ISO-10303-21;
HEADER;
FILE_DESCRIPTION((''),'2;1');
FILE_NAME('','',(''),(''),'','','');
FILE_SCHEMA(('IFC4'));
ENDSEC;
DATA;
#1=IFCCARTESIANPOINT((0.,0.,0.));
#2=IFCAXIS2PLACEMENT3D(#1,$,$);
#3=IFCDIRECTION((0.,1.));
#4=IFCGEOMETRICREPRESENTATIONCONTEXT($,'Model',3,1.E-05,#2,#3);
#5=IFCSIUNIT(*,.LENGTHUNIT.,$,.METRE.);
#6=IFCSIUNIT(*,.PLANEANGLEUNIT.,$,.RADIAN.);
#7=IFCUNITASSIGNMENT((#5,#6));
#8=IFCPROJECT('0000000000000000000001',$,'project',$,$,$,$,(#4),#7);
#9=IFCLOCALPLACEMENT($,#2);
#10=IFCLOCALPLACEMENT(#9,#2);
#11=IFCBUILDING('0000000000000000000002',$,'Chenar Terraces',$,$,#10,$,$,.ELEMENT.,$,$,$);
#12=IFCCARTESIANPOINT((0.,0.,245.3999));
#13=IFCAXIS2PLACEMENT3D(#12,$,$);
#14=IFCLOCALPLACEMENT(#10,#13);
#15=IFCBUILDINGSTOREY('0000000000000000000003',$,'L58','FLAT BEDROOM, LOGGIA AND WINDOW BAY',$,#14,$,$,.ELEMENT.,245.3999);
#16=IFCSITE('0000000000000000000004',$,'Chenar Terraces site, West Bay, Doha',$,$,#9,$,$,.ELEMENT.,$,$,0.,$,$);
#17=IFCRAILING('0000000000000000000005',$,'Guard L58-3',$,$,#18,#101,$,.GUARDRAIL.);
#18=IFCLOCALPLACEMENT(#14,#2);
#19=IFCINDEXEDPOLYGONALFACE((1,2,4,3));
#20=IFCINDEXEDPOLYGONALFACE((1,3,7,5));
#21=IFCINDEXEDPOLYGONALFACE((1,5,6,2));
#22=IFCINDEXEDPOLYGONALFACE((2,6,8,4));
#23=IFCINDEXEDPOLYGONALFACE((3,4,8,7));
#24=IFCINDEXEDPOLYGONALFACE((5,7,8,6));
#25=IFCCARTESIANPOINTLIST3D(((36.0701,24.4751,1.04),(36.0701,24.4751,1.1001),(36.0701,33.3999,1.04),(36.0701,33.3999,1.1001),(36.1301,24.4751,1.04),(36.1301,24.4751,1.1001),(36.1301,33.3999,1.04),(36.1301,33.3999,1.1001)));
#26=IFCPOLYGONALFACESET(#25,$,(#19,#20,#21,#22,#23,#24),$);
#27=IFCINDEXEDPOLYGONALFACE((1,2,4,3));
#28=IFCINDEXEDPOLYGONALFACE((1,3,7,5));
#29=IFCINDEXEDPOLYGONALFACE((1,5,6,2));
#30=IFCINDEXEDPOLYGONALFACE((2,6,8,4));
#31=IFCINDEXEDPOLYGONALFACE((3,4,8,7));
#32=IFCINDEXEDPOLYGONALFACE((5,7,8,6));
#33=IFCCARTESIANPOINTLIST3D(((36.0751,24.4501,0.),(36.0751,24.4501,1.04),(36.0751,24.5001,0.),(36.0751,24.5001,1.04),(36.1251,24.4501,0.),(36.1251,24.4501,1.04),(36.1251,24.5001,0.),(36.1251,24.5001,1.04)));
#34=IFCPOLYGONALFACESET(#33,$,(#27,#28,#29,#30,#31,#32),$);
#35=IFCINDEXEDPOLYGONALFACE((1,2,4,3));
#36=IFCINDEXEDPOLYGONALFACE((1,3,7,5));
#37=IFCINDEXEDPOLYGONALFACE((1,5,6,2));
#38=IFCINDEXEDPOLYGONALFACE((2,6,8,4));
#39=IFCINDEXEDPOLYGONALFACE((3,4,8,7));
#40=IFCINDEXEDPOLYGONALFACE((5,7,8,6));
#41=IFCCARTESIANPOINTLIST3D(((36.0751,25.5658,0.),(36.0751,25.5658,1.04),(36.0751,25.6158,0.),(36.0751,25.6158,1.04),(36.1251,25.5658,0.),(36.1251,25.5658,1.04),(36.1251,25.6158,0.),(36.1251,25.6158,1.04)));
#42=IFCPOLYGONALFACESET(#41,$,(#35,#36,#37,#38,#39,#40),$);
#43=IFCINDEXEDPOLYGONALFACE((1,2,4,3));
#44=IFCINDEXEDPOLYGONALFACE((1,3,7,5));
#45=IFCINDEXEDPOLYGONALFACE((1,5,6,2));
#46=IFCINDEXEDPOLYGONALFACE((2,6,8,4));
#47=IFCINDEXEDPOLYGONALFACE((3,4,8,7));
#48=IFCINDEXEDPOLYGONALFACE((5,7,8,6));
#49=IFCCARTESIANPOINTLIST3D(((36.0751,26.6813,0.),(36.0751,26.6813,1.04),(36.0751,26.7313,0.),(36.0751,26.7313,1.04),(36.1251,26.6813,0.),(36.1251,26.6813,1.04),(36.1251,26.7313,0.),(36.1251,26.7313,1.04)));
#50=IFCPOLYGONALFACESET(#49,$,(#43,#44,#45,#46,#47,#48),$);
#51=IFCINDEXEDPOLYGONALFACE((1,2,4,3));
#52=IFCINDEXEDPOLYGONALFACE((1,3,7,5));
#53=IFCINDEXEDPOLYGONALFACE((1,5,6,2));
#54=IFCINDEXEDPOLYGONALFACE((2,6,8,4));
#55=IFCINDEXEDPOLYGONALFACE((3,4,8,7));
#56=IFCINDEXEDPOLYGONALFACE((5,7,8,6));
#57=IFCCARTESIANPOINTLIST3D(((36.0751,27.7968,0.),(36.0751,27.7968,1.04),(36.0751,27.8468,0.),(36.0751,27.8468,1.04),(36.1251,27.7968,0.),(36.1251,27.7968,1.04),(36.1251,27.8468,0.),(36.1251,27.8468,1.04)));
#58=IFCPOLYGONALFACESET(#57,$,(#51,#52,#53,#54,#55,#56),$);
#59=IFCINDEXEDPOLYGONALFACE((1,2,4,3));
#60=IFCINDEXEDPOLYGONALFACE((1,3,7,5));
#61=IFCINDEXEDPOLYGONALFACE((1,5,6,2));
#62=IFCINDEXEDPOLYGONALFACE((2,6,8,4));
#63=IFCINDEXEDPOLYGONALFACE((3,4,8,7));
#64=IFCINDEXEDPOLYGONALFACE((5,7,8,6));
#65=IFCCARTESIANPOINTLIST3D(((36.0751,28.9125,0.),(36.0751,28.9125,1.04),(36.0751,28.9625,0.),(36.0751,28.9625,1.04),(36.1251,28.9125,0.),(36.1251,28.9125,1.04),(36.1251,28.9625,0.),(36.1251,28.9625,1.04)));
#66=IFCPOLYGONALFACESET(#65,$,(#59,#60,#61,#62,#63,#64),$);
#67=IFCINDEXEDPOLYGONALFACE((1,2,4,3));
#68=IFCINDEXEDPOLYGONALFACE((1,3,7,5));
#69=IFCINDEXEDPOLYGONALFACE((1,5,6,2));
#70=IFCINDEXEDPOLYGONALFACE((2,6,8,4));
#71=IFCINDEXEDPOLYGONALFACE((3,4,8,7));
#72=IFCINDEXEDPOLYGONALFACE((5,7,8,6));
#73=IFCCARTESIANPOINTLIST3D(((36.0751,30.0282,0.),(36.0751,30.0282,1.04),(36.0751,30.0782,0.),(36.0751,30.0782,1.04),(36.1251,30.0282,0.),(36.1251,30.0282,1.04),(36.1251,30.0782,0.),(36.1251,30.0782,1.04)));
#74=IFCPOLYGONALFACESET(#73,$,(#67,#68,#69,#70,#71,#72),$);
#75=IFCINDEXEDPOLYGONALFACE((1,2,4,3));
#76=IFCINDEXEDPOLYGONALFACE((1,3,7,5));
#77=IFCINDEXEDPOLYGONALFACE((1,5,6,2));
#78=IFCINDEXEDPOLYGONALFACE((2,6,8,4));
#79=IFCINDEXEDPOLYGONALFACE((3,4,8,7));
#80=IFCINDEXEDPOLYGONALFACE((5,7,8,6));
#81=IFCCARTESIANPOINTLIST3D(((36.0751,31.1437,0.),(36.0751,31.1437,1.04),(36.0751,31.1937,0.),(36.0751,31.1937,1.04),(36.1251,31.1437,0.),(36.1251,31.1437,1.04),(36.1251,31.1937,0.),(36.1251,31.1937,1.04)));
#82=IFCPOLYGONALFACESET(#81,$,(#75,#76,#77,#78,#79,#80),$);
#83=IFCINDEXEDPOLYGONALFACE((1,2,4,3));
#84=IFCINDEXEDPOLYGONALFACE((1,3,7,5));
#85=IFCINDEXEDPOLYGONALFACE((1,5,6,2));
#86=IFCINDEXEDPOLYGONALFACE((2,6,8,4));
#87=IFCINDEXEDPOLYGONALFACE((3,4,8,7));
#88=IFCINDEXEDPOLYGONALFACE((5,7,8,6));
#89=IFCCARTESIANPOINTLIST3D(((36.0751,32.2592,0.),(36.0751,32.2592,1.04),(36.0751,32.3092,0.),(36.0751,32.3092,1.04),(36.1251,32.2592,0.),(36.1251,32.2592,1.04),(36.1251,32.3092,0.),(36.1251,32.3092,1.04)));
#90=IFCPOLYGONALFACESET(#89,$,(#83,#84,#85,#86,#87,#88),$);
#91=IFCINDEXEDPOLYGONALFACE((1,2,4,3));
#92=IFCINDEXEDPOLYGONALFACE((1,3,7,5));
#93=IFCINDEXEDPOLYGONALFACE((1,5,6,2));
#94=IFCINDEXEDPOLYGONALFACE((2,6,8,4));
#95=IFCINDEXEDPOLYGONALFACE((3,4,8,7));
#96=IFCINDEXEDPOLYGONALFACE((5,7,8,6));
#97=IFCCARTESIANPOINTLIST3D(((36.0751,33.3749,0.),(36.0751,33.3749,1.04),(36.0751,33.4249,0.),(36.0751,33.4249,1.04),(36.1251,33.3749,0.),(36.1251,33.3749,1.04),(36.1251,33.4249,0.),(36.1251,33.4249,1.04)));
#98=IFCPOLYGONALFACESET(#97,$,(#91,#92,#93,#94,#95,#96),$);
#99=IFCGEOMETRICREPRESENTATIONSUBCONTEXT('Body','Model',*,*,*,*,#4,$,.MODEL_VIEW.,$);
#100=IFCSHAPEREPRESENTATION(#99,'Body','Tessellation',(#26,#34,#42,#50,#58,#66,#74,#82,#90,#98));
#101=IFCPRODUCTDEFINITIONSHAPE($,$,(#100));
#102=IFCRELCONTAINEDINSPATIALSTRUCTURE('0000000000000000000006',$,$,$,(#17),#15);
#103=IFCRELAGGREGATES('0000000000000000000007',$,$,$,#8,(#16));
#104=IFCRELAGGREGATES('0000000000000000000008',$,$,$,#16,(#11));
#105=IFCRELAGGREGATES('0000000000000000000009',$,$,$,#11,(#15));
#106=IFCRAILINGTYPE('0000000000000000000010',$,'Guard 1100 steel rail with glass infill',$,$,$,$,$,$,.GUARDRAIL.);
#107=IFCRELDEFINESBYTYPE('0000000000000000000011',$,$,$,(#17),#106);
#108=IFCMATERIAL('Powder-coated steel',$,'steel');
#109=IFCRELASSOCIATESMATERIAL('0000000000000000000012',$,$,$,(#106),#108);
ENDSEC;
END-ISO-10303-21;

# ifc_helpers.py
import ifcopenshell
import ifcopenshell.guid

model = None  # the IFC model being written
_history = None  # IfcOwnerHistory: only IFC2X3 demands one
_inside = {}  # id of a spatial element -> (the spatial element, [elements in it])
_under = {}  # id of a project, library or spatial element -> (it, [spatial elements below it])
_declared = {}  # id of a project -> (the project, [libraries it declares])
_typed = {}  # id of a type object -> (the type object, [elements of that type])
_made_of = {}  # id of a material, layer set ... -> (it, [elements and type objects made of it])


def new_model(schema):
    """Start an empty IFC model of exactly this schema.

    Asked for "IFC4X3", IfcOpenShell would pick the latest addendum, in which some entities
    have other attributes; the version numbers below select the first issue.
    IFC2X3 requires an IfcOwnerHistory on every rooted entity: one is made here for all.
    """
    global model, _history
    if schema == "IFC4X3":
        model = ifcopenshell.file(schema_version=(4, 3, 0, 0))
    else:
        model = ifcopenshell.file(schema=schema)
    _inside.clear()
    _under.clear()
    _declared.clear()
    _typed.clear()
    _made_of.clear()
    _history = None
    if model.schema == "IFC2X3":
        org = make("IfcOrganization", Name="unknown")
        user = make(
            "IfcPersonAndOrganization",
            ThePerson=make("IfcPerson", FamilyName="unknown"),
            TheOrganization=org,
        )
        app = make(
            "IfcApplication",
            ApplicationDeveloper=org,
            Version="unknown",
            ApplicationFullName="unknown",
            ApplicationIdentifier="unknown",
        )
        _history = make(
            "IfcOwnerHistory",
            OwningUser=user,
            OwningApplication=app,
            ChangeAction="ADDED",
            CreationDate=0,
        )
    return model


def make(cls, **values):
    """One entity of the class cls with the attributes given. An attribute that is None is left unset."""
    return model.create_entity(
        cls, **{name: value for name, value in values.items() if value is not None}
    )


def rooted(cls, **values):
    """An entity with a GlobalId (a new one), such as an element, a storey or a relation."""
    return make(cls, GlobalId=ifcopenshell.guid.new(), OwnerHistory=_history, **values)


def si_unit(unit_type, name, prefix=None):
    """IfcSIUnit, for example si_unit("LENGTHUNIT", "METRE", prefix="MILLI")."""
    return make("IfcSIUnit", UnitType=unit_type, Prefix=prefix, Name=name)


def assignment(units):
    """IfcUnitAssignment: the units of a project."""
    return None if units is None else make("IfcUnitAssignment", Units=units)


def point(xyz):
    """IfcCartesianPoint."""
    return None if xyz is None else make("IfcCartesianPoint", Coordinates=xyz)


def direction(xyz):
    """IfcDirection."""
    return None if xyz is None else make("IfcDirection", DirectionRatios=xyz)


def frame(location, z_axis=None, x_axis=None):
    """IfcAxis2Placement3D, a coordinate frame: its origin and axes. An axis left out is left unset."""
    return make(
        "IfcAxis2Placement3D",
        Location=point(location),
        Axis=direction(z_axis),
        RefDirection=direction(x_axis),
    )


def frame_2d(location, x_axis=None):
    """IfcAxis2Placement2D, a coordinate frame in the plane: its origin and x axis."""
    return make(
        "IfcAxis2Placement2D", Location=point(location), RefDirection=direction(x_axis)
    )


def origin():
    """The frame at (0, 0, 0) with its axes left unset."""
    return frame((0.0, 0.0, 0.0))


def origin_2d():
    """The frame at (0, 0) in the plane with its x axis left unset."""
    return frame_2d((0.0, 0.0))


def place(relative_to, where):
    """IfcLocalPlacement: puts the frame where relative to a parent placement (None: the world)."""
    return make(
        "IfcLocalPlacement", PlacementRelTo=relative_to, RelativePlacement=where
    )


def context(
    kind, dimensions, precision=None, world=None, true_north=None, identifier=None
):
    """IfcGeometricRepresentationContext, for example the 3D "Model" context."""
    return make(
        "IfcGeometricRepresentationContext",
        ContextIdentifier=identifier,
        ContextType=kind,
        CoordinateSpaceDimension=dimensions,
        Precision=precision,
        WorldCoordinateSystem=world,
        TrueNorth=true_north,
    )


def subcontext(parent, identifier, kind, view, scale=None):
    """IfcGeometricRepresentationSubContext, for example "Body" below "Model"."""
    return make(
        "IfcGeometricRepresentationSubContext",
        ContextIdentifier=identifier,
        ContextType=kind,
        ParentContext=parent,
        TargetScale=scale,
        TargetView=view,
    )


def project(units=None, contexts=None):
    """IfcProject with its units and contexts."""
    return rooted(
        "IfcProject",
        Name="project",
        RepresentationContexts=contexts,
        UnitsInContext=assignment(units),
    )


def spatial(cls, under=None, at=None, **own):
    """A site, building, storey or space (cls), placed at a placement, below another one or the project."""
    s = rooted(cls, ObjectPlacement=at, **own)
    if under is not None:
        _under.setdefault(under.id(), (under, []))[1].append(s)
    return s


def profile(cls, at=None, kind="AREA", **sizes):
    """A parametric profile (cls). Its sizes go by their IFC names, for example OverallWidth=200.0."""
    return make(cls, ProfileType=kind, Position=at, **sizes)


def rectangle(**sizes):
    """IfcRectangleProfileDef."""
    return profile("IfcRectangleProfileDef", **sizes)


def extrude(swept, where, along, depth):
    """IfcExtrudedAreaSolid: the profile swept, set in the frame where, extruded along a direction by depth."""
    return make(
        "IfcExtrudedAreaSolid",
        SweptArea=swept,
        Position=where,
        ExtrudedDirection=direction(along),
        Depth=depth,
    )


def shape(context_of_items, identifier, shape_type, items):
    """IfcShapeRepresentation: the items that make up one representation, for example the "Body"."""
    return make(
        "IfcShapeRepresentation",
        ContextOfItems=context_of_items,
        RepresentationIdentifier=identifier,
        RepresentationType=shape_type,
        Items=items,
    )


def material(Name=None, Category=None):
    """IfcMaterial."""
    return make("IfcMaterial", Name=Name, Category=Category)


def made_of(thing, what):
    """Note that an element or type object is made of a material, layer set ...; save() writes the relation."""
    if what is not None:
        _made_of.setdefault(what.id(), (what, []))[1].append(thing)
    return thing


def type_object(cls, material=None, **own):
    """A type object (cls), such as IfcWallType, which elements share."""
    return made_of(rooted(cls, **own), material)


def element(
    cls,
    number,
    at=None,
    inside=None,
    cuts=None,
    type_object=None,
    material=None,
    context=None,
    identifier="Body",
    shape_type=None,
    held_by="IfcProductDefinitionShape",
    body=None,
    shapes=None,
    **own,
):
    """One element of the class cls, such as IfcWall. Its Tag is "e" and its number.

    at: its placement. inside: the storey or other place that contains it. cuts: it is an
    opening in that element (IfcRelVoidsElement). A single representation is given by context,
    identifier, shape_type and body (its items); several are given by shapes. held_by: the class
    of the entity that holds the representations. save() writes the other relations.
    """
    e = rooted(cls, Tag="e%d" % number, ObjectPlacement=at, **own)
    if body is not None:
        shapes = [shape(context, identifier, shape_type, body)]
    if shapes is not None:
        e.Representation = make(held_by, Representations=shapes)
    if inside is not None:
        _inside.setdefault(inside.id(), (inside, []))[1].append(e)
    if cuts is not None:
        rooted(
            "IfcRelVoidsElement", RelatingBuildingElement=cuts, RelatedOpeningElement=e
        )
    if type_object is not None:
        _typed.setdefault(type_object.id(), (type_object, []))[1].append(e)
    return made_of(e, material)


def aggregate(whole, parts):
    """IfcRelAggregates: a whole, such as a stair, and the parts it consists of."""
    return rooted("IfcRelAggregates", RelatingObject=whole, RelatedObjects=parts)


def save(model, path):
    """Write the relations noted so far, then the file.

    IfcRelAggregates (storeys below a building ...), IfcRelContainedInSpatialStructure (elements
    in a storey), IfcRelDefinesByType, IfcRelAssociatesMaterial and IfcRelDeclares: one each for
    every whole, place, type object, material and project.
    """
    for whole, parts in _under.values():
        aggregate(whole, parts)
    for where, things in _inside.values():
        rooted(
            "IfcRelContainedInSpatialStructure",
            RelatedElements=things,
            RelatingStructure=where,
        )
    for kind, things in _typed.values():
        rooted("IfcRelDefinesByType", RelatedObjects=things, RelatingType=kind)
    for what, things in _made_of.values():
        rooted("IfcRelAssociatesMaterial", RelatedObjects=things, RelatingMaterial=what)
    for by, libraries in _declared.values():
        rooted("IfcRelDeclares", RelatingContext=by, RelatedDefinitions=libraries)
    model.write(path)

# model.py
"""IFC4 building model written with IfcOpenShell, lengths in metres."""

from ifc_helpers import new_model, si_unit, direction, frame, origin, origin_2d, place, context, subcontext, project, spatial, rectangle, extrude, material, type_object, element, save


model = new_model("IFC4")

# Units and contexts
model_context = context("Model", 3, precision=1e-05, world=origin(), true_north=direction((0.0, 1.0)))
body_context = subcontext(model_context, "Body", "Model", "MODEL_VIEW")
ifc_project = project(units=[si_unit("LENGTHUNIT", "METRE"), si_unit("PLANEANGLEUNIT", "RADIAN")], contexts=[model_context])

# Site, building, storey
site_placement = place(None, origin())
site = spatial("IfcSite", under=ifc_project, at=site_placement, Name="Chenar Terraces site, West Bay, Doha", CompositionType="ELEMENT", RefElevation=0.0)
building_placement = place(site_placement, origin())
building = spatial("IfcBuilding", under=site, at=building_placement, Name="Chenar Terraces", CompositionType="ELEMENT")
storey_placement = place(building_placement, frame((0.0, 0.0, 245.3999)))
storey = spatial("IfcBuildingStorey", under=building, at=storey_placement, Name="L58", Description="FLAT BEDROOM, LOGGIA AND WINDOW BAY", CompositionType="ELEMENT", Elevation=245.3999)

# Railing
ifc_material_1 = material(Name="Powder-coated steel", Category="steel")
railing_type = type_object("IfcRailingType", Name="Guard 1100 steel rail with glass infill", PredefinedType="GUARDRAIL", material=ifc_material_1)
railing_placement = place(storey_placement, frame((36.1001, 24.4751, 0.0)))
element("IfcRailing", 1, at=railing_placement, inside=storey, type_object=railing_type, Name="Guard L58-3", PredefinedType="GUARDRAIL", context=body_context, shape_type="SweptSolid", body=[
    extrude(rectangle(XDim=0.0601, YDim=0.0601, at=origin_2d()), frame((0.0, 0.0, 1.0701), z_axis=(0.0, 1.0, 0.0), x_axis=(-1.0, 0.0, 0.0)), (0.0, 0.0, 1.0), 8.9248),
    extrude(rectangle(XDim=0.05, YDim=0.05, at=origin_2d()), origin(), (0.0, 0.0, 1.0), 1.04),
    extrude(rectangle(XDim=0.05, YDim=0.05, at=origin_2d()), frame((0.0, 1.1157, 0.0)), (0.0, 0.0, 1.0), 1.04),
    extrude(rectangle(XDim=0.05, YDim=0.05, at=origin_2d()), frame((0.0, 2.2312, 0.0)), (0.0, 0.0, 1.0), 1.04),
    extrude(rectangle(XDim=0.05, YDim=0.05, at=origin_2d()), frame((0.0, 3.3467, 0.0)), (0.0, 0.0, 1.0), 1.04),
    extrude(rectangle(XDim=0.05, YDim=0.05, at=origin_2d()), frame((0.0, 4.4624, 0.0)), (0.0, 0.0, 1.0), 1.04),
    extrude(rectangle(XDim=0.05, YDim=0.05, at=origin_2d()), frame((0.0, 5.5781, 0.0)), (0.0, 0.0, 1.0), 1.04),
    extrude(rectangle(XDim=0.05, YDim=0.05, at=origin_2d()), frame((0.0, 6.6936, 0.0)), (0.0, 0.0, 1.0), 1.04),
    extrude(rectangle(XDim=0.05, YDim=0.05, at=origin_2d()), frame((0.0, 7.8091, 0.0)), (0.0, 0.0, 1.0), 1.04),
    extrude(rectangle(XDim=0.05, YDim=0.05, at=origin_2d()), frame((0.0, 8.9248, 0.0)), (0.0, 0.0, 1.0), 1.04),
])

save(model, "model.ifc")
